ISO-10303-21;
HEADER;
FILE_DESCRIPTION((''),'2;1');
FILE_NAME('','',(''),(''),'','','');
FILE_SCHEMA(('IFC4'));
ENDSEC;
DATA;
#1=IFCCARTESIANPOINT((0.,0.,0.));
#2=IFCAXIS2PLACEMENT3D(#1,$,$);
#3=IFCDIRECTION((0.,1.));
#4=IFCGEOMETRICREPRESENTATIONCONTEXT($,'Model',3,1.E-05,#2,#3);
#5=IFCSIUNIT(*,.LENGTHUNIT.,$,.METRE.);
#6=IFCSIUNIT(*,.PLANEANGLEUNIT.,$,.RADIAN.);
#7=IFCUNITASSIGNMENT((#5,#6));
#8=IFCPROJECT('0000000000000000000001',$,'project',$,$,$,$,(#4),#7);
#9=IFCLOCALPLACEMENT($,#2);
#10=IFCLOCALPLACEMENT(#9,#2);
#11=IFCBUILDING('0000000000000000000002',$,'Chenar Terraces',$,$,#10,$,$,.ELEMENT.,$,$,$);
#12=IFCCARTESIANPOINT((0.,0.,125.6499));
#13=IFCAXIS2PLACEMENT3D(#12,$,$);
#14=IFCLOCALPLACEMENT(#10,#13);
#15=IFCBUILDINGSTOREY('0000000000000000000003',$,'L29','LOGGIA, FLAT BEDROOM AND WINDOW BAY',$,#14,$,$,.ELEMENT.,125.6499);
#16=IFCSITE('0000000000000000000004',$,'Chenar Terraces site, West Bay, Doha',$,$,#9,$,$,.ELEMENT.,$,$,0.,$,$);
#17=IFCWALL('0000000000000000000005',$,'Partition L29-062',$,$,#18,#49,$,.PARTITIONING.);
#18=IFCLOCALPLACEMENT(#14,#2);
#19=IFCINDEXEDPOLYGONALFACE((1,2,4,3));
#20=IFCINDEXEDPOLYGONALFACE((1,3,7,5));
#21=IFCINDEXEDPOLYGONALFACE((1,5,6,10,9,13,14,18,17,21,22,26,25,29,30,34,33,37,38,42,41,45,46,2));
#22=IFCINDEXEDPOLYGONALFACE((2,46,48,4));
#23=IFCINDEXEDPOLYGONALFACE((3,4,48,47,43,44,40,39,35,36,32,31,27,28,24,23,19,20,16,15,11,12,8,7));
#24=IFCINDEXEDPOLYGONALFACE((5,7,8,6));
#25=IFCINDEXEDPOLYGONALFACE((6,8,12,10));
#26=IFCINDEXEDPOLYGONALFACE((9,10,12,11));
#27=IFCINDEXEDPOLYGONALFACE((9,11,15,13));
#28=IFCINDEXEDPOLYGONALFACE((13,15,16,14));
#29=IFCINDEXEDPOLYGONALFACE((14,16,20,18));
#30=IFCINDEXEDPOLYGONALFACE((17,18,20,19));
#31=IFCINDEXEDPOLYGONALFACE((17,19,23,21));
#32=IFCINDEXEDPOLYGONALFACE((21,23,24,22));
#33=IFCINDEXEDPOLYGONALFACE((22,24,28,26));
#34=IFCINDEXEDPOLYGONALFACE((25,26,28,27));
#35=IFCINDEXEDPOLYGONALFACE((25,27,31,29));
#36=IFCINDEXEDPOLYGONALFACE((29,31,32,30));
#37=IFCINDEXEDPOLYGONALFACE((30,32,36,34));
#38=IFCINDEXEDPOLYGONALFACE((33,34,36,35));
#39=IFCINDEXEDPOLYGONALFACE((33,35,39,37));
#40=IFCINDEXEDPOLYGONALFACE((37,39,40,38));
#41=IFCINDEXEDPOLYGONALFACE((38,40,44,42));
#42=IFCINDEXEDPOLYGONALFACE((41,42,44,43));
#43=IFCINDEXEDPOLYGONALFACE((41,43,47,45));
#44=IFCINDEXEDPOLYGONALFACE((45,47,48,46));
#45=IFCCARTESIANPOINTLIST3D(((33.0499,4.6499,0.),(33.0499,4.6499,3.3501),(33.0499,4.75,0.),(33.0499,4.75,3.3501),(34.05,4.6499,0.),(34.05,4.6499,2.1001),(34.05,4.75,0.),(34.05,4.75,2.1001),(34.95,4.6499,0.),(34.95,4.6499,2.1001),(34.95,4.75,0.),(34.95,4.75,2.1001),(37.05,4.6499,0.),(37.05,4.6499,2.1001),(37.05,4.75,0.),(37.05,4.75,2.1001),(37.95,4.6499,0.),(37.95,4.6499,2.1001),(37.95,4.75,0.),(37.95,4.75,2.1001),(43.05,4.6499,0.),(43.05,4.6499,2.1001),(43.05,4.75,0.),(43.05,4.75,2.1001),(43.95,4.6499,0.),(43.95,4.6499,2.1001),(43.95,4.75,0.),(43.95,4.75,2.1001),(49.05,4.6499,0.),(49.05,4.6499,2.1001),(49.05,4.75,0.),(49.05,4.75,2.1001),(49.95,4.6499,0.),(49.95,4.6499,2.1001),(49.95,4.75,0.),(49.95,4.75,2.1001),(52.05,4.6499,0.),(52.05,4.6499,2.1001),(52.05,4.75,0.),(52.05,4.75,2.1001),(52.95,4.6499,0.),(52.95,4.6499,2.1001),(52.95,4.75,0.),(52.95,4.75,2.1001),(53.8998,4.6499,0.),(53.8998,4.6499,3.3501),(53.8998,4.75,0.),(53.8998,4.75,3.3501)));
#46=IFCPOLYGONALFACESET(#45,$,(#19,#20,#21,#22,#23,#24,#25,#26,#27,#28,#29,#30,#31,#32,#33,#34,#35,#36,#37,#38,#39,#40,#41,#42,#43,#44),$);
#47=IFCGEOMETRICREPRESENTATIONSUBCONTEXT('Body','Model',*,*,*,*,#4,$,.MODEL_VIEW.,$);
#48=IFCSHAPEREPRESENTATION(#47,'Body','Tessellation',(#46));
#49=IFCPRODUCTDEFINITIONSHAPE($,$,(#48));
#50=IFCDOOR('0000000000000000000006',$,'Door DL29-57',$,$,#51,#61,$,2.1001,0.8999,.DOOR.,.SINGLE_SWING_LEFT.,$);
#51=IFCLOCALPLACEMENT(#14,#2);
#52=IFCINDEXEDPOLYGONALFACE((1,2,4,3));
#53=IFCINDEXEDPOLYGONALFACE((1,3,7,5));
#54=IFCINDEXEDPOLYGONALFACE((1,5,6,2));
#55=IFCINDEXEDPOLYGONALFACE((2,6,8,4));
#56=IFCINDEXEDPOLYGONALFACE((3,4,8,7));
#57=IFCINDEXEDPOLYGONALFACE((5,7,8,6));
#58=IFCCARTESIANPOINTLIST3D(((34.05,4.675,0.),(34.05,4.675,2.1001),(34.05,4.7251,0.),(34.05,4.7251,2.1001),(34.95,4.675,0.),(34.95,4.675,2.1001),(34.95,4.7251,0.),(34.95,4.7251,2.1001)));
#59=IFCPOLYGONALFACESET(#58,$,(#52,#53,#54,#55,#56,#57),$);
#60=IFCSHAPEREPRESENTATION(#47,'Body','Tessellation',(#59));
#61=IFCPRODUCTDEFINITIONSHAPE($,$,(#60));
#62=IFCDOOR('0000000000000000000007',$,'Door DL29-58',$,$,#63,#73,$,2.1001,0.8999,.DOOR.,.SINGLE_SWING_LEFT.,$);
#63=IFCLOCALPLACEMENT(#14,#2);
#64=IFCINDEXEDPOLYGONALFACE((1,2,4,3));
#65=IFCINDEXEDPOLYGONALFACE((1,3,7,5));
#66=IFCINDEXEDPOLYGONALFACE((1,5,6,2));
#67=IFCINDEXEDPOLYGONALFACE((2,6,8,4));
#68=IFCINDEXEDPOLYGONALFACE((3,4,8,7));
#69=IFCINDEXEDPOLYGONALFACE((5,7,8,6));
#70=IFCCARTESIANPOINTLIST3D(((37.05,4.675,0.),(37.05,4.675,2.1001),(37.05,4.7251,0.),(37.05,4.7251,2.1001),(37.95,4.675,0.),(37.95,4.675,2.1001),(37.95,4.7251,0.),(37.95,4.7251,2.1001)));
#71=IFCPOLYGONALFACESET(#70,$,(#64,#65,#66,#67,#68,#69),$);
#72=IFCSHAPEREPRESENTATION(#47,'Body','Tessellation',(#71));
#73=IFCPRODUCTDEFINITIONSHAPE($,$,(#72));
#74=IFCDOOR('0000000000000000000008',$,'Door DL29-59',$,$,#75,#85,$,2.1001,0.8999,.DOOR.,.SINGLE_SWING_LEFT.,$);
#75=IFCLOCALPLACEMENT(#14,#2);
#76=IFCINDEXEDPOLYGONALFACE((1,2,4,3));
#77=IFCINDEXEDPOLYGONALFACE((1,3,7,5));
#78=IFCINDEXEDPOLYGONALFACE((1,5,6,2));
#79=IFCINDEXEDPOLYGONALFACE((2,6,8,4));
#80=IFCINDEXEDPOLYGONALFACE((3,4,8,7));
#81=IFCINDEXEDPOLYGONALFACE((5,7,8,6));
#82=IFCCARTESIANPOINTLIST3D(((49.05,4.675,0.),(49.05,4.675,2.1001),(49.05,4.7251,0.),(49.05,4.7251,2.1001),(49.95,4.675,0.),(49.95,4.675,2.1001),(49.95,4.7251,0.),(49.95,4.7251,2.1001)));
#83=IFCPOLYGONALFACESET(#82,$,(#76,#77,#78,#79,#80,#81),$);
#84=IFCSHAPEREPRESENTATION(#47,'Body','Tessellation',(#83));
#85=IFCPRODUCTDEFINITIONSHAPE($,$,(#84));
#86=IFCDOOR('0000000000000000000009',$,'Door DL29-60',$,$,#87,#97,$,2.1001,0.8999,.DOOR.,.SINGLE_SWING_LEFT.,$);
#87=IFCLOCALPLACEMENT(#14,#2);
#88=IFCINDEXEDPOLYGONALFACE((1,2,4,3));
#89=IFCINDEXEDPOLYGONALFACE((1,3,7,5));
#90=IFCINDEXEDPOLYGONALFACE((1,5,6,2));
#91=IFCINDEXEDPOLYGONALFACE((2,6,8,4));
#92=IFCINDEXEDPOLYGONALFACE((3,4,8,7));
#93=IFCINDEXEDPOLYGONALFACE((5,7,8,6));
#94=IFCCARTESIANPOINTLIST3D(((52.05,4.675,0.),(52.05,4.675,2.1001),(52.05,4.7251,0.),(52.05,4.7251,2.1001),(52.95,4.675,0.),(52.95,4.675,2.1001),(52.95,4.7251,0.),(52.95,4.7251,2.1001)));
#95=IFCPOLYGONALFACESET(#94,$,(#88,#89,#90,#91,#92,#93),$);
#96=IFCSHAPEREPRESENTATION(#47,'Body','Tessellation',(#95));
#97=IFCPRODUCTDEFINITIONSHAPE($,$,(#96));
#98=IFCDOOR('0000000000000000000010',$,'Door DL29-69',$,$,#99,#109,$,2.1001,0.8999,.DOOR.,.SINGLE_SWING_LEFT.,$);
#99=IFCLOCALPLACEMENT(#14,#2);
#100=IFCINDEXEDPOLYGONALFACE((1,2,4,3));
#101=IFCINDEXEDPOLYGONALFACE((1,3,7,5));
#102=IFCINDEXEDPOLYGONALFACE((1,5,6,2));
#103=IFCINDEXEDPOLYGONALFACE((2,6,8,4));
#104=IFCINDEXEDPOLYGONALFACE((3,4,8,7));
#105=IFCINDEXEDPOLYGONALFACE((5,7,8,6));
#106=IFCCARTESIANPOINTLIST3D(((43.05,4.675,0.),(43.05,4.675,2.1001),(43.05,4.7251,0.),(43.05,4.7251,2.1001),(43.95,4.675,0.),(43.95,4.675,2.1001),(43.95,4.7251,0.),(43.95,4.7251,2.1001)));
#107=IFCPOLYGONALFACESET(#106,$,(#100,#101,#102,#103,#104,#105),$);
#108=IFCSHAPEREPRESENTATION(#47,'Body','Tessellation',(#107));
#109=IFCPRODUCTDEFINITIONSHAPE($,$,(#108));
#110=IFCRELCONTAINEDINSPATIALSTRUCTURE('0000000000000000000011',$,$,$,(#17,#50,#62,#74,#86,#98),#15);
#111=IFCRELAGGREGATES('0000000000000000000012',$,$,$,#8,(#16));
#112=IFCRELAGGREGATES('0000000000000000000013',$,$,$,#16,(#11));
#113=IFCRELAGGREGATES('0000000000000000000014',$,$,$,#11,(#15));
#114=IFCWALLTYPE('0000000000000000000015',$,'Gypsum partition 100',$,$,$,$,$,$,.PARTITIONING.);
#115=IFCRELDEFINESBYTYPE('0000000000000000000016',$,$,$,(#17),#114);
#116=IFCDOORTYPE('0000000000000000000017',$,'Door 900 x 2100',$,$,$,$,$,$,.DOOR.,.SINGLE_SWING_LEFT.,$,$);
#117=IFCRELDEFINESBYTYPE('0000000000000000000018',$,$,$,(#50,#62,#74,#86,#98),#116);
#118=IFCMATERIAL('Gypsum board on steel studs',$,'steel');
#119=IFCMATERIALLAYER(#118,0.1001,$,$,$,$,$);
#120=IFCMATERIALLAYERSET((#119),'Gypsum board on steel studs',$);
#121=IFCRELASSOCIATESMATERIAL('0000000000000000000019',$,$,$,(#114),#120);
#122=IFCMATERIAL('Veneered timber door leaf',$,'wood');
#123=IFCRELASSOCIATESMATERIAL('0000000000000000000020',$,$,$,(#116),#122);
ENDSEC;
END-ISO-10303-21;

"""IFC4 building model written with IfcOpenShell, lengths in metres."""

from ifc_helpers import new_model, si_unit, direction, frame, frame_2d, origin, place, context, subcontext, project, spatial, rectangle, extrude, material, layer, layer_set, type_object, element, fill, save


model = new_model("IFC4")

# Units and contexts
model_context = context("Model", 3, precision=1e-05, world=origin(), true_north=direction((0.0, 1.0)))
body_context = subcontext(model_context, "Body", "Model", "MODEL_VIEW")
ifc_project = project(units=[si_unit("LENGTHUNIT", "METRE"), si_unit("PLANEANGLEUNIT", "RADIAN")], contexts=[model_context])

# Site, building, storey
site_placement = place(None, origin())
site = spatial("IfcSite", under=ifc_project, at=site_placement, Name="Chenar Terraces site, West Bay, Doha", CompositionType="ELEMENT", RefElevation=0.0)
building_placement = place(site_placement, origin())
building = spatial("IfcBuilding", under=site, at=building_placement, Name="Chenar Terraces", CompositionType="ELEMENT")
storey_placement = place(building_placement, frame((0.0, 0.0, 125.6499)))
storey = spatial("IfcBuildingStorey", under=building, at=storey_placement, Name="L29", Description="LOGGIA, FLAT BEDROOM AND WINDOW BAY", CompositionType="ELEMENT", Elevation=125.6499)

# Wall, openings, doors
ifc_material_1 = material(Name="Gypsum board on steel studs", Category="steel")
ifc_layer_1 = layer(ifc_material_1, 0.1001)
ifc_layer_set_1 = layer_set([ifc_layer_1], Name="Gypsum board on steel studs")
wall_type_1 = type_object("IfcWallType", Name="Gypsum partition 100", PredefinedType="PARTITIONING", material=ifc_layer_set_1)
wall_1_placement = place(storey_placement, frame((33.05, 4.7, 0.0), z_axis=(0.0, 0.0, 1.0), x_axis=(1.0, 0.0, 0.0)))
wall_1 = element("IfcWall", 1, at=wall_1_placement, inside=storey, type_object=wall_type_1, Name="Partition L29-062", PredefinedType="PARTITIONING", context=body_context, shape_type="SweptSolid", body=[
    extrude(rectangle(XDim=20.8499, YDim=0.1001, at=frame_2d((10.4248, 0.0))), origin(), (0.0, 0.0, 1.0), 3.3501),
])
opening_1_placement = place(wall_1_placement, frame((1.0, 0.0, 0.0)))
opening_1 = element("IfcOpeningElement", 2, at=opening_1_placement, cuts=wall_1, PredefinedType="OPENING", context=body_context, shape_type="SweptSolid", body=[
    extrude(rectangle(XDim=0.8999, YDim=2.1001, at=frame_2d((0.45, 1.05))), frame((0.0, 0.0601, 0.0), z_axis=(0.0, -1.0, 0.0), x_axis=(1.0, 0.0, 0.0)), (0.0, 0.0, 1.0), 0.1201),
])
opening_2_placement = place(wall_1_placement, frame((4.0, 0.0, 0.0)))
opening_2 = element("IfcOpeningElement", 3, at=opening_2_placement, cuts=wall_1, PredefinedType="OPENING", context=body_context, shape_type="SweptSolid", body=[
    extrude(rectangle(XDim=0.8999, YDim=2.1001, at=frame_2d((0.45, 1.05))), frame((0.0, 0.0601, 0.0), z_axis=(0.0, -1.0, 0.0), x_axis=(1.0, 0.0, 0.0)), (0.0, 0.0, 1.0), 0.1201),
])
opening_3_placement = place(wall_1_placement, frame((16.0, 0.0, 0.0)))
opening_3 = element("IfcOpeningElement", 4, at=opening_3_placement, cuts=wall_1, PredefinedType="OPENING", context=body_context, shape_type="SweptSolid", body=[
    extrude(rectangle(XDim=0.8999, YDim=2.1001, at=frame_2d((0.45, 1.05))), frame((0.0, 0.0601, 0.0), z_axis=(0.0, -1.0, 0.0), x_axis=(1.0, 0.0, 0.0)), (0.0, 0.0, 1.0), 0.1201),
])
opening_4_placement = place(wall_1_placement, frame((19.0, 0.0, 0.0)))
opening_4 = element("IfcOpeningElement", 5, at=opening_4_placement, cuts=wall_1, PredefinedType="OPENING", context=body_context, shape_type="SweptSolid", body=[
    extrude(rectangle(XDim=0.8999, YDim=2.1001, at=frame_2d((0.45, 1.05))), frame((0.0, 0.0601, 0.0), z_axis=(0.0, -1.0, 0.0), x_axis=(1.0, 0.0, 0.0)), (0.0, 0.0, 1.0), 0.1201),
])
opening_5_placement = place(wall_1_placement, frame((10.0, 0.0, 0.0)))
opening_5 = element("IfcOpeningElement", 6, at=opening_5_placement, cuts=wall_1, PredefinedType="OPENING", context=body_context, shape_type="SweptSolid", body=[
    extrude(rectangle(XDim=0.8999, YDim=2.1001, at=frame_2d((0.45, 1.05))), frame((0.0, 0.0601, 0.0), z_axis=(0.0, -1.0, 0.0), x_axis=(1.0, 0.0, 0.0)), (0.0, 0.0, 1.0), 0.1201),
])
ifc_material_2 = material(Name="Veneered timber door leaf", Category="wood")
door_type_1 = type_object("IfcDoorType", Name="Door 900 x 2100", OperationType="SINGLE_SWING_LEFT", PredefinedType="DOOR", material=ifc_material_2)
door_1_placement = place(opening_1_placement, frame((0.8999, 0.0, 0.0), z_axis=(0.0, 0.0, 1.0), x_axis=(-1.0, 0.0, 0.0)))
door_1 = element("IfcDoor", 7, at=door_1_placement, inside=storey, type_object=door_type_1, Name="Door DL29-57", OperationType="SINGLE_SWING_LEFT", OverallHeight=2.1001, OverallWidth=0.8999, PredefinedType="DOOR", context=body_context, shape_type="SweptSolid", body=[
    extrude(rectangle(XDim=0.8999, YDim=2.1001, at=frame_2d((0.45, 1.05))), frame((0.0, 0.0249, 0.0), z_axis=(0.0, -1.0, 0.0), x_axis=(1.0, 0.0, 0.0)), (0.0, 0.0, 1.0), 0.05),
])
fill(opening_1, door_1)
door_2_placement = place(opening_2_placement, frame((0.8999, 0.0, 0.0), z_axis=(0.0, 0.0, 1.0), x_axis=(-1.0, 0.0, 0.0)))
door_2 = element("IfcDoor", 8, at=door_2_placement, inside=storey, type_object=door_type_1, Name="Door DL29-58", OperationType="SINGLE_SWING_LEFT", OverallHeight=2.1001, OverallWidth=0.8999, PredefinedType="DOOR", context=body_context, shape_type="SweptSolid", body=[
    extrude(rectangle(XDim=0.8999, YDim=2.1001, at=frame_2d((0.45, 1.05))), frame((0.0, 0.0249, 0.0), z_axis=(0.0, -1.0, 0.0), x_axis=(1.0, 0.0, 0.0)), (0.0, 0.0, 1.0), 0.05),
])
fill(opening_2, door_2)
door_3_placement = place(opening_3_placement, frame((0.8999, 0.0, 0.0), z_axis=(0.0, 0.0, 1.0), x_axis=(-1.0, 0.0, 0.0)))
door_3 = element("IfcDoor", 9, at=door_3_placement, inside=storey, type_object=door_type_1, Name="Door DL29-59", OperationType="SINGLE_SWING_LEFT", OverallHeight=2.1001, OverallWidth=0.8999, PredefinedType="DOOR", context=body_context, shape_type="SweptSolid", body=[
    extrude(rectangle(XDim=0.8999, YDim=2.1001, at=frame_2d((0.45, 1.05))), frame((0.0, 0.0249, 0.0), z_axis=(0.0, -1.0, 0.0), x_axis=(1.0, 0.0, 0.0)), (0.0, 0.0, 1.0), 0.05),
])
fill(opening_3, door_3)
door_4_placement = place(opening_4_placement, frame((0.8999, 0.0, 0.0), z_axis=(0.0, 0.0, 1.0), x_axis=(-1.0, 0.0, 0.0)))
door_4 = element("IfcDoor", 10, at=door_4_placement, inside=storey, type_object=door_type_1, Name="Door DL29-60", OperationType="SINGLE_SWING_LEFT", OverallHeight=2.1001, OverallWidth=0.8999, PredefinedType="DOOR", context=body_context, shape_type="SweptSolid", body=[
    extrude(rectangle(XDim=0.8999, YDim=2.1001, at=frame_2d((0.45, 1.05))), frame((0.0, 0.0249, 0.0), z_axis=(0.0, -1.0, 0.0), x_axis=(1.0, 0.0, 0.0)), (0.0, 0.0, 1.0), 0.05),
])
fill(opening_4, door_4)
door_5_placement = place(opening_5_placement, frame((0.8999, 0.0, 0.0), z_axis=(0.0, 0.0, 1.0), x_axis=(-1.0, 0.0, 0.0)))
door_5 = element("IfcDoor", 11, at=door_5_placement, inside=storey, type_object=door_type_1, Name="Door DL29-69", OperationType="SINGLE_SWING_LEFT", OverallHeight=2.1001, OverallWidth=0.8999, PredefinedType="DOOR", context=body_context, shape_type="SweptSolid", body=[
    extrude(rectangle(XDim=0.8999, YDim=2.1001, at=frame_2d((0.45, 1.05))), frame((0.0, 0.0249, 0.0), z_axis=(0.0, -1.0, 0.0), x_axis=(1.0, 0.0, 0.0)), (0.0, 0.0, 1.0), 0.05),
])
fill(opening_5, door_5)

save(model, "model.ifc")
